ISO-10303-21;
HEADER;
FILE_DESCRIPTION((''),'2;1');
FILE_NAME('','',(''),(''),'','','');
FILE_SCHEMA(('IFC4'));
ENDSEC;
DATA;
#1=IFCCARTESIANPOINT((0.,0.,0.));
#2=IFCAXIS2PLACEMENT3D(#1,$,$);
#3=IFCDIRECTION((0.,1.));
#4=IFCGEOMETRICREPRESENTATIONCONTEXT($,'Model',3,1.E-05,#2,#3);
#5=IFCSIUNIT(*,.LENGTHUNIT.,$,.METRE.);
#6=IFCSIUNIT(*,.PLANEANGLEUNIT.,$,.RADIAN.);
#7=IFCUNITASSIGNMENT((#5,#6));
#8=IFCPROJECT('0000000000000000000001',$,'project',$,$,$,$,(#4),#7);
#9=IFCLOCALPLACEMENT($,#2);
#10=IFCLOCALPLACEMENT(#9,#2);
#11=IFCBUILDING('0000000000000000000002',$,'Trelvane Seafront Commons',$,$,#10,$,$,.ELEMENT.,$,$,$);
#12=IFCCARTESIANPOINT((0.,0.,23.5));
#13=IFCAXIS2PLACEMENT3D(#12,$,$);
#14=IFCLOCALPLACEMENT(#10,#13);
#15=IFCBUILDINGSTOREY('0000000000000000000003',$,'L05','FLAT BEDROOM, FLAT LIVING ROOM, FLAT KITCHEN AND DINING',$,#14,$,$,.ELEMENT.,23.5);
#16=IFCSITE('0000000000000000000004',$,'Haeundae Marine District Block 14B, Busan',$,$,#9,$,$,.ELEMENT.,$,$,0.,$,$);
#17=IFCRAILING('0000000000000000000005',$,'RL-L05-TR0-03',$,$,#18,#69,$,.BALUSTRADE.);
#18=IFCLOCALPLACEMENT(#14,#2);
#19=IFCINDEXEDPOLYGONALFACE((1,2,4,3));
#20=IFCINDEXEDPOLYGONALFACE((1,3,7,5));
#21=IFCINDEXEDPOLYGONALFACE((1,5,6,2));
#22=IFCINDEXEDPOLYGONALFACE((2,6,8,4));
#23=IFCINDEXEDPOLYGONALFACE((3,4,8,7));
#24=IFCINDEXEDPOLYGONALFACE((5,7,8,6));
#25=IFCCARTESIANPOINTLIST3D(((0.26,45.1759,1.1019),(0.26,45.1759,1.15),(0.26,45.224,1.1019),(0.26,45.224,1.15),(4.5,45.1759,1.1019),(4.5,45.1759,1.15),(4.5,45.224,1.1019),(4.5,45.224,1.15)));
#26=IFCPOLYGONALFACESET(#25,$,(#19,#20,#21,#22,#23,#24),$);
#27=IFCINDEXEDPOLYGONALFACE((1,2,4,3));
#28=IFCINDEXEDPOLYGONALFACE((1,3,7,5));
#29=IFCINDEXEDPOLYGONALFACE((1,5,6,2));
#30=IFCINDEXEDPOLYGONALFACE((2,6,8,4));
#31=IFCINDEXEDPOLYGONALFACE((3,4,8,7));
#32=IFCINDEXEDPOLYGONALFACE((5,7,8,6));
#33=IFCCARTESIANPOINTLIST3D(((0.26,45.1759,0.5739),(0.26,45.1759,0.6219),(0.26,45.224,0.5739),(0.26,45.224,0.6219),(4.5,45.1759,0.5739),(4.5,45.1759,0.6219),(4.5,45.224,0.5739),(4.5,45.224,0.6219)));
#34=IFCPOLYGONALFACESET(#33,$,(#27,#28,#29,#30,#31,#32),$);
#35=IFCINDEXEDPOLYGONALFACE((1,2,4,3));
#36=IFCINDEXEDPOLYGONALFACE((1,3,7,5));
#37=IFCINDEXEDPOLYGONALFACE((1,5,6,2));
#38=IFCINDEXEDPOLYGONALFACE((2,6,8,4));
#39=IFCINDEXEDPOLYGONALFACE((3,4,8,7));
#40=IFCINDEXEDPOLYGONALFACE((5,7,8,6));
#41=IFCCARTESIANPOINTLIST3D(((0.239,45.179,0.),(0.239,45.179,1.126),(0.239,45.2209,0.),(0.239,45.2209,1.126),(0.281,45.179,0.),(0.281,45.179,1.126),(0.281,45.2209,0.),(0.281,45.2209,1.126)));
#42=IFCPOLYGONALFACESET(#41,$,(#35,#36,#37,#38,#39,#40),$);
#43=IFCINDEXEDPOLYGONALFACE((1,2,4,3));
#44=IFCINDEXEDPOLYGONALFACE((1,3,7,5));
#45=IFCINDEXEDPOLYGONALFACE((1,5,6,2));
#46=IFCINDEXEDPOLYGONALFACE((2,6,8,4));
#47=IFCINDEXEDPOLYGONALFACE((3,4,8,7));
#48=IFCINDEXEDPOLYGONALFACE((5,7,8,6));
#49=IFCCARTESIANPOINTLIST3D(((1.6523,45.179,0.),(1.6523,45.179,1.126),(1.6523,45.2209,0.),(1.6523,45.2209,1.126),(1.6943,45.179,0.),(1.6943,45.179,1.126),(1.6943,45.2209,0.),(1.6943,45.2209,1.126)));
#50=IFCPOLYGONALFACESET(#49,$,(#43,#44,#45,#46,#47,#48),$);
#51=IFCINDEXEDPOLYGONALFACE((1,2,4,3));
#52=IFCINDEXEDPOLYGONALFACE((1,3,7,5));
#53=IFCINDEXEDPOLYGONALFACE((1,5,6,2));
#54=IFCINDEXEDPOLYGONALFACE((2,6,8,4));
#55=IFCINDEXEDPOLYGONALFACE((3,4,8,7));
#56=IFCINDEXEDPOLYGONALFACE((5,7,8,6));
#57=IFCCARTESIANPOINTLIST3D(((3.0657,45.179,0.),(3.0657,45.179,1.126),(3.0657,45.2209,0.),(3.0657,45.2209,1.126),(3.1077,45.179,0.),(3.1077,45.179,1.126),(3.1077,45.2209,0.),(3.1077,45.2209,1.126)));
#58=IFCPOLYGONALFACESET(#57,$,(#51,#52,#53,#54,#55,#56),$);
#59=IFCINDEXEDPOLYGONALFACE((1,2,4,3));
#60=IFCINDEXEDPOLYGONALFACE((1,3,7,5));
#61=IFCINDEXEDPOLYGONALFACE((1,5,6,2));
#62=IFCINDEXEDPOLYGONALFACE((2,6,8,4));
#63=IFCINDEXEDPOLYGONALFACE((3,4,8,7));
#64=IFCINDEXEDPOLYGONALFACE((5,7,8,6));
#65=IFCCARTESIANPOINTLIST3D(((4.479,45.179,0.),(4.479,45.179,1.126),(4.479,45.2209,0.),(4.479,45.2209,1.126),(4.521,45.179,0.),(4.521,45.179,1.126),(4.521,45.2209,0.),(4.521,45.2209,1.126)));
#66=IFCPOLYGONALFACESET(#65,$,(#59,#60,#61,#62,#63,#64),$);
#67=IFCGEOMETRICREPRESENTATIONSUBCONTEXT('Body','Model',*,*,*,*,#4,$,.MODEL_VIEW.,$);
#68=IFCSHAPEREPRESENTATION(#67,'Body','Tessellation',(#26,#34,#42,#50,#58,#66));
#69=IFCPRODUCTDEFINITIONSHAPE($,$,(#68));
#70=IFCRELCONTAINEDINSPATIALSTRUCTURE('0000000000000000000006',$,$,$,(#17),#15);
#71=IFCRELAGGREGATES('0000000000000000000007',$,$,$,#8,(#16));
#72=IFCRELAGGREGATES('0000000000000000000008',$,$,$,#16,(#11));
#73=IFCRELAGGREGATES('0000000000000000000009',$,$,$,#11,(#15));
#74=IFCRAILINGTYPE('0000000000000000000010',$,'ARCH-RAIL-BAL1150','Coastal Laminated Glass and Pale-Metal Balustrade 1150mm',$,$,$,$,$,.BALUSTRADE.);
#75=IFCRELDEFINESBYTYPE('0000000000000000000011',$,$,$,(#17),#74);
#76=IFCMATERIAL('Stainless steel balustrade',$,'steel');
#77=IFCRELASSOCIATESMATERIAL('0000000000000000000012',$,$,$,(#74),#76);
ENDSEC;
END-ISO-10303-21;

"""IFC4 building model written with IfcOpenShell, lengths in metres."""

from ifc_helpers import new_model, si_unit, direction, frame, origin, origin_2d, place, context, subcontext, project, spatial, rectangle, extrude, material, type_object, element, save


model = new_model("IFC4")

# Units and contexts
model_context = context("Model", 3, precision=1e-05, world=origin(), true_north=direction((0.0, 1.0)))
body_context = subcontext(model_context, "Body", "Model", "MODEL_VIEW")
ifc_project = project(units=[si_unit("LENGTHUNIT", "METRE"), si_unit("PLANEANGLEUNIT", "RADIAN")], contexts=[model_context])

# Site, building, storey
site_placement = place(None, origin())
site = spatial("IfcSite", under=ifc_project, at=site_placement, Name="Haeundae Marine District Block 14B, Busan", CompositionType="ELEMENT", RefElevation=0.0)
building_placement = place(site_placement, origin())
building = spatial("IfcBuilding", under=site, at=building_placement, Name="Trelvane Seafront Commons", CompositionType="ELEMENT")
storey_placement = place(building_placement, frame((0.0, 0.0, 23.5)))
storey = spatial("IfcBuildingStorey", under=building, at=storey_placement, Name="L05", Description="FLAT BEDROOM, FLAT LIVING ROOM, FLAT KITCHEN AND DINING", CompositionType="ELEMENT", Elevation=23.5)

# Railing
ifc_material_1 = material(Name="Stainless steel balustrade", Category="steel")
railing_type = type_object("IfcRailingType", Name="ARCH-RAIL-BAL1150", Description="Coastal Laminated Glass and Pale-Metal Balustrade 1150mm", PredefinedType="BALUSTRADE", material=ifc_material_1)
railing_placement = place(storey_placement, frame((0.26, 45.2, 0.0)))
element("IfcRailing", 1, at=railing_placement, inside=storey, type_object=railing_type, Name="RL-L05-TR0-03", PredefinedType="BALUSTRADE", context=body_context, shape_type="SweptSolid", body=[
    extrude(rectangle(XDim=0.0481, YDim=0.0481, at=origin_2d()), frame((0.0, 0.0, 1.126), z_axis=(1.0, 0.0, 0.0), x_axis=(0.0, 1.0, 0.0)), (0.0, 0.0, 1.0), 4.24),
    extrude(rectangle(XDim=0.0481, YDim=0.0481, at=origin_2d()), frame((0.0, 0.0, 0.5979), z_axis=(1.0, 0.0, 0.0), x_axis=(0.0, 1.0, 0.0)), (0.0, 0.0, 1.0), 4.24),
    extrude(rectangle(XDim=0.042, YDim=0.042, at=origin_2d()), origin(), (0.0, 0.0, 1.0), 1.126),
    extrude(rectangle(XDim=0.042, YDim=0.042, at=origin_2d()), frame((1.4133, 0.0, 0.0)), (0.0, 0.0, 1.0), 1.126),
    extrude(rectangle(XDim=0.042, YDim=0.042, at=origin_2d()), frame((2.8267, 0.0, 0.0)), (0.0, 0.0, 1.0), 1.126),
    extrude(rectangle(XDim=0.042, YDim=0.042, at=origin_2d()), frame((4.24, 0.0, 0.0)), (0.0, 0.0, 1.0), 1.126),
])

save(model, "model.ifc")
